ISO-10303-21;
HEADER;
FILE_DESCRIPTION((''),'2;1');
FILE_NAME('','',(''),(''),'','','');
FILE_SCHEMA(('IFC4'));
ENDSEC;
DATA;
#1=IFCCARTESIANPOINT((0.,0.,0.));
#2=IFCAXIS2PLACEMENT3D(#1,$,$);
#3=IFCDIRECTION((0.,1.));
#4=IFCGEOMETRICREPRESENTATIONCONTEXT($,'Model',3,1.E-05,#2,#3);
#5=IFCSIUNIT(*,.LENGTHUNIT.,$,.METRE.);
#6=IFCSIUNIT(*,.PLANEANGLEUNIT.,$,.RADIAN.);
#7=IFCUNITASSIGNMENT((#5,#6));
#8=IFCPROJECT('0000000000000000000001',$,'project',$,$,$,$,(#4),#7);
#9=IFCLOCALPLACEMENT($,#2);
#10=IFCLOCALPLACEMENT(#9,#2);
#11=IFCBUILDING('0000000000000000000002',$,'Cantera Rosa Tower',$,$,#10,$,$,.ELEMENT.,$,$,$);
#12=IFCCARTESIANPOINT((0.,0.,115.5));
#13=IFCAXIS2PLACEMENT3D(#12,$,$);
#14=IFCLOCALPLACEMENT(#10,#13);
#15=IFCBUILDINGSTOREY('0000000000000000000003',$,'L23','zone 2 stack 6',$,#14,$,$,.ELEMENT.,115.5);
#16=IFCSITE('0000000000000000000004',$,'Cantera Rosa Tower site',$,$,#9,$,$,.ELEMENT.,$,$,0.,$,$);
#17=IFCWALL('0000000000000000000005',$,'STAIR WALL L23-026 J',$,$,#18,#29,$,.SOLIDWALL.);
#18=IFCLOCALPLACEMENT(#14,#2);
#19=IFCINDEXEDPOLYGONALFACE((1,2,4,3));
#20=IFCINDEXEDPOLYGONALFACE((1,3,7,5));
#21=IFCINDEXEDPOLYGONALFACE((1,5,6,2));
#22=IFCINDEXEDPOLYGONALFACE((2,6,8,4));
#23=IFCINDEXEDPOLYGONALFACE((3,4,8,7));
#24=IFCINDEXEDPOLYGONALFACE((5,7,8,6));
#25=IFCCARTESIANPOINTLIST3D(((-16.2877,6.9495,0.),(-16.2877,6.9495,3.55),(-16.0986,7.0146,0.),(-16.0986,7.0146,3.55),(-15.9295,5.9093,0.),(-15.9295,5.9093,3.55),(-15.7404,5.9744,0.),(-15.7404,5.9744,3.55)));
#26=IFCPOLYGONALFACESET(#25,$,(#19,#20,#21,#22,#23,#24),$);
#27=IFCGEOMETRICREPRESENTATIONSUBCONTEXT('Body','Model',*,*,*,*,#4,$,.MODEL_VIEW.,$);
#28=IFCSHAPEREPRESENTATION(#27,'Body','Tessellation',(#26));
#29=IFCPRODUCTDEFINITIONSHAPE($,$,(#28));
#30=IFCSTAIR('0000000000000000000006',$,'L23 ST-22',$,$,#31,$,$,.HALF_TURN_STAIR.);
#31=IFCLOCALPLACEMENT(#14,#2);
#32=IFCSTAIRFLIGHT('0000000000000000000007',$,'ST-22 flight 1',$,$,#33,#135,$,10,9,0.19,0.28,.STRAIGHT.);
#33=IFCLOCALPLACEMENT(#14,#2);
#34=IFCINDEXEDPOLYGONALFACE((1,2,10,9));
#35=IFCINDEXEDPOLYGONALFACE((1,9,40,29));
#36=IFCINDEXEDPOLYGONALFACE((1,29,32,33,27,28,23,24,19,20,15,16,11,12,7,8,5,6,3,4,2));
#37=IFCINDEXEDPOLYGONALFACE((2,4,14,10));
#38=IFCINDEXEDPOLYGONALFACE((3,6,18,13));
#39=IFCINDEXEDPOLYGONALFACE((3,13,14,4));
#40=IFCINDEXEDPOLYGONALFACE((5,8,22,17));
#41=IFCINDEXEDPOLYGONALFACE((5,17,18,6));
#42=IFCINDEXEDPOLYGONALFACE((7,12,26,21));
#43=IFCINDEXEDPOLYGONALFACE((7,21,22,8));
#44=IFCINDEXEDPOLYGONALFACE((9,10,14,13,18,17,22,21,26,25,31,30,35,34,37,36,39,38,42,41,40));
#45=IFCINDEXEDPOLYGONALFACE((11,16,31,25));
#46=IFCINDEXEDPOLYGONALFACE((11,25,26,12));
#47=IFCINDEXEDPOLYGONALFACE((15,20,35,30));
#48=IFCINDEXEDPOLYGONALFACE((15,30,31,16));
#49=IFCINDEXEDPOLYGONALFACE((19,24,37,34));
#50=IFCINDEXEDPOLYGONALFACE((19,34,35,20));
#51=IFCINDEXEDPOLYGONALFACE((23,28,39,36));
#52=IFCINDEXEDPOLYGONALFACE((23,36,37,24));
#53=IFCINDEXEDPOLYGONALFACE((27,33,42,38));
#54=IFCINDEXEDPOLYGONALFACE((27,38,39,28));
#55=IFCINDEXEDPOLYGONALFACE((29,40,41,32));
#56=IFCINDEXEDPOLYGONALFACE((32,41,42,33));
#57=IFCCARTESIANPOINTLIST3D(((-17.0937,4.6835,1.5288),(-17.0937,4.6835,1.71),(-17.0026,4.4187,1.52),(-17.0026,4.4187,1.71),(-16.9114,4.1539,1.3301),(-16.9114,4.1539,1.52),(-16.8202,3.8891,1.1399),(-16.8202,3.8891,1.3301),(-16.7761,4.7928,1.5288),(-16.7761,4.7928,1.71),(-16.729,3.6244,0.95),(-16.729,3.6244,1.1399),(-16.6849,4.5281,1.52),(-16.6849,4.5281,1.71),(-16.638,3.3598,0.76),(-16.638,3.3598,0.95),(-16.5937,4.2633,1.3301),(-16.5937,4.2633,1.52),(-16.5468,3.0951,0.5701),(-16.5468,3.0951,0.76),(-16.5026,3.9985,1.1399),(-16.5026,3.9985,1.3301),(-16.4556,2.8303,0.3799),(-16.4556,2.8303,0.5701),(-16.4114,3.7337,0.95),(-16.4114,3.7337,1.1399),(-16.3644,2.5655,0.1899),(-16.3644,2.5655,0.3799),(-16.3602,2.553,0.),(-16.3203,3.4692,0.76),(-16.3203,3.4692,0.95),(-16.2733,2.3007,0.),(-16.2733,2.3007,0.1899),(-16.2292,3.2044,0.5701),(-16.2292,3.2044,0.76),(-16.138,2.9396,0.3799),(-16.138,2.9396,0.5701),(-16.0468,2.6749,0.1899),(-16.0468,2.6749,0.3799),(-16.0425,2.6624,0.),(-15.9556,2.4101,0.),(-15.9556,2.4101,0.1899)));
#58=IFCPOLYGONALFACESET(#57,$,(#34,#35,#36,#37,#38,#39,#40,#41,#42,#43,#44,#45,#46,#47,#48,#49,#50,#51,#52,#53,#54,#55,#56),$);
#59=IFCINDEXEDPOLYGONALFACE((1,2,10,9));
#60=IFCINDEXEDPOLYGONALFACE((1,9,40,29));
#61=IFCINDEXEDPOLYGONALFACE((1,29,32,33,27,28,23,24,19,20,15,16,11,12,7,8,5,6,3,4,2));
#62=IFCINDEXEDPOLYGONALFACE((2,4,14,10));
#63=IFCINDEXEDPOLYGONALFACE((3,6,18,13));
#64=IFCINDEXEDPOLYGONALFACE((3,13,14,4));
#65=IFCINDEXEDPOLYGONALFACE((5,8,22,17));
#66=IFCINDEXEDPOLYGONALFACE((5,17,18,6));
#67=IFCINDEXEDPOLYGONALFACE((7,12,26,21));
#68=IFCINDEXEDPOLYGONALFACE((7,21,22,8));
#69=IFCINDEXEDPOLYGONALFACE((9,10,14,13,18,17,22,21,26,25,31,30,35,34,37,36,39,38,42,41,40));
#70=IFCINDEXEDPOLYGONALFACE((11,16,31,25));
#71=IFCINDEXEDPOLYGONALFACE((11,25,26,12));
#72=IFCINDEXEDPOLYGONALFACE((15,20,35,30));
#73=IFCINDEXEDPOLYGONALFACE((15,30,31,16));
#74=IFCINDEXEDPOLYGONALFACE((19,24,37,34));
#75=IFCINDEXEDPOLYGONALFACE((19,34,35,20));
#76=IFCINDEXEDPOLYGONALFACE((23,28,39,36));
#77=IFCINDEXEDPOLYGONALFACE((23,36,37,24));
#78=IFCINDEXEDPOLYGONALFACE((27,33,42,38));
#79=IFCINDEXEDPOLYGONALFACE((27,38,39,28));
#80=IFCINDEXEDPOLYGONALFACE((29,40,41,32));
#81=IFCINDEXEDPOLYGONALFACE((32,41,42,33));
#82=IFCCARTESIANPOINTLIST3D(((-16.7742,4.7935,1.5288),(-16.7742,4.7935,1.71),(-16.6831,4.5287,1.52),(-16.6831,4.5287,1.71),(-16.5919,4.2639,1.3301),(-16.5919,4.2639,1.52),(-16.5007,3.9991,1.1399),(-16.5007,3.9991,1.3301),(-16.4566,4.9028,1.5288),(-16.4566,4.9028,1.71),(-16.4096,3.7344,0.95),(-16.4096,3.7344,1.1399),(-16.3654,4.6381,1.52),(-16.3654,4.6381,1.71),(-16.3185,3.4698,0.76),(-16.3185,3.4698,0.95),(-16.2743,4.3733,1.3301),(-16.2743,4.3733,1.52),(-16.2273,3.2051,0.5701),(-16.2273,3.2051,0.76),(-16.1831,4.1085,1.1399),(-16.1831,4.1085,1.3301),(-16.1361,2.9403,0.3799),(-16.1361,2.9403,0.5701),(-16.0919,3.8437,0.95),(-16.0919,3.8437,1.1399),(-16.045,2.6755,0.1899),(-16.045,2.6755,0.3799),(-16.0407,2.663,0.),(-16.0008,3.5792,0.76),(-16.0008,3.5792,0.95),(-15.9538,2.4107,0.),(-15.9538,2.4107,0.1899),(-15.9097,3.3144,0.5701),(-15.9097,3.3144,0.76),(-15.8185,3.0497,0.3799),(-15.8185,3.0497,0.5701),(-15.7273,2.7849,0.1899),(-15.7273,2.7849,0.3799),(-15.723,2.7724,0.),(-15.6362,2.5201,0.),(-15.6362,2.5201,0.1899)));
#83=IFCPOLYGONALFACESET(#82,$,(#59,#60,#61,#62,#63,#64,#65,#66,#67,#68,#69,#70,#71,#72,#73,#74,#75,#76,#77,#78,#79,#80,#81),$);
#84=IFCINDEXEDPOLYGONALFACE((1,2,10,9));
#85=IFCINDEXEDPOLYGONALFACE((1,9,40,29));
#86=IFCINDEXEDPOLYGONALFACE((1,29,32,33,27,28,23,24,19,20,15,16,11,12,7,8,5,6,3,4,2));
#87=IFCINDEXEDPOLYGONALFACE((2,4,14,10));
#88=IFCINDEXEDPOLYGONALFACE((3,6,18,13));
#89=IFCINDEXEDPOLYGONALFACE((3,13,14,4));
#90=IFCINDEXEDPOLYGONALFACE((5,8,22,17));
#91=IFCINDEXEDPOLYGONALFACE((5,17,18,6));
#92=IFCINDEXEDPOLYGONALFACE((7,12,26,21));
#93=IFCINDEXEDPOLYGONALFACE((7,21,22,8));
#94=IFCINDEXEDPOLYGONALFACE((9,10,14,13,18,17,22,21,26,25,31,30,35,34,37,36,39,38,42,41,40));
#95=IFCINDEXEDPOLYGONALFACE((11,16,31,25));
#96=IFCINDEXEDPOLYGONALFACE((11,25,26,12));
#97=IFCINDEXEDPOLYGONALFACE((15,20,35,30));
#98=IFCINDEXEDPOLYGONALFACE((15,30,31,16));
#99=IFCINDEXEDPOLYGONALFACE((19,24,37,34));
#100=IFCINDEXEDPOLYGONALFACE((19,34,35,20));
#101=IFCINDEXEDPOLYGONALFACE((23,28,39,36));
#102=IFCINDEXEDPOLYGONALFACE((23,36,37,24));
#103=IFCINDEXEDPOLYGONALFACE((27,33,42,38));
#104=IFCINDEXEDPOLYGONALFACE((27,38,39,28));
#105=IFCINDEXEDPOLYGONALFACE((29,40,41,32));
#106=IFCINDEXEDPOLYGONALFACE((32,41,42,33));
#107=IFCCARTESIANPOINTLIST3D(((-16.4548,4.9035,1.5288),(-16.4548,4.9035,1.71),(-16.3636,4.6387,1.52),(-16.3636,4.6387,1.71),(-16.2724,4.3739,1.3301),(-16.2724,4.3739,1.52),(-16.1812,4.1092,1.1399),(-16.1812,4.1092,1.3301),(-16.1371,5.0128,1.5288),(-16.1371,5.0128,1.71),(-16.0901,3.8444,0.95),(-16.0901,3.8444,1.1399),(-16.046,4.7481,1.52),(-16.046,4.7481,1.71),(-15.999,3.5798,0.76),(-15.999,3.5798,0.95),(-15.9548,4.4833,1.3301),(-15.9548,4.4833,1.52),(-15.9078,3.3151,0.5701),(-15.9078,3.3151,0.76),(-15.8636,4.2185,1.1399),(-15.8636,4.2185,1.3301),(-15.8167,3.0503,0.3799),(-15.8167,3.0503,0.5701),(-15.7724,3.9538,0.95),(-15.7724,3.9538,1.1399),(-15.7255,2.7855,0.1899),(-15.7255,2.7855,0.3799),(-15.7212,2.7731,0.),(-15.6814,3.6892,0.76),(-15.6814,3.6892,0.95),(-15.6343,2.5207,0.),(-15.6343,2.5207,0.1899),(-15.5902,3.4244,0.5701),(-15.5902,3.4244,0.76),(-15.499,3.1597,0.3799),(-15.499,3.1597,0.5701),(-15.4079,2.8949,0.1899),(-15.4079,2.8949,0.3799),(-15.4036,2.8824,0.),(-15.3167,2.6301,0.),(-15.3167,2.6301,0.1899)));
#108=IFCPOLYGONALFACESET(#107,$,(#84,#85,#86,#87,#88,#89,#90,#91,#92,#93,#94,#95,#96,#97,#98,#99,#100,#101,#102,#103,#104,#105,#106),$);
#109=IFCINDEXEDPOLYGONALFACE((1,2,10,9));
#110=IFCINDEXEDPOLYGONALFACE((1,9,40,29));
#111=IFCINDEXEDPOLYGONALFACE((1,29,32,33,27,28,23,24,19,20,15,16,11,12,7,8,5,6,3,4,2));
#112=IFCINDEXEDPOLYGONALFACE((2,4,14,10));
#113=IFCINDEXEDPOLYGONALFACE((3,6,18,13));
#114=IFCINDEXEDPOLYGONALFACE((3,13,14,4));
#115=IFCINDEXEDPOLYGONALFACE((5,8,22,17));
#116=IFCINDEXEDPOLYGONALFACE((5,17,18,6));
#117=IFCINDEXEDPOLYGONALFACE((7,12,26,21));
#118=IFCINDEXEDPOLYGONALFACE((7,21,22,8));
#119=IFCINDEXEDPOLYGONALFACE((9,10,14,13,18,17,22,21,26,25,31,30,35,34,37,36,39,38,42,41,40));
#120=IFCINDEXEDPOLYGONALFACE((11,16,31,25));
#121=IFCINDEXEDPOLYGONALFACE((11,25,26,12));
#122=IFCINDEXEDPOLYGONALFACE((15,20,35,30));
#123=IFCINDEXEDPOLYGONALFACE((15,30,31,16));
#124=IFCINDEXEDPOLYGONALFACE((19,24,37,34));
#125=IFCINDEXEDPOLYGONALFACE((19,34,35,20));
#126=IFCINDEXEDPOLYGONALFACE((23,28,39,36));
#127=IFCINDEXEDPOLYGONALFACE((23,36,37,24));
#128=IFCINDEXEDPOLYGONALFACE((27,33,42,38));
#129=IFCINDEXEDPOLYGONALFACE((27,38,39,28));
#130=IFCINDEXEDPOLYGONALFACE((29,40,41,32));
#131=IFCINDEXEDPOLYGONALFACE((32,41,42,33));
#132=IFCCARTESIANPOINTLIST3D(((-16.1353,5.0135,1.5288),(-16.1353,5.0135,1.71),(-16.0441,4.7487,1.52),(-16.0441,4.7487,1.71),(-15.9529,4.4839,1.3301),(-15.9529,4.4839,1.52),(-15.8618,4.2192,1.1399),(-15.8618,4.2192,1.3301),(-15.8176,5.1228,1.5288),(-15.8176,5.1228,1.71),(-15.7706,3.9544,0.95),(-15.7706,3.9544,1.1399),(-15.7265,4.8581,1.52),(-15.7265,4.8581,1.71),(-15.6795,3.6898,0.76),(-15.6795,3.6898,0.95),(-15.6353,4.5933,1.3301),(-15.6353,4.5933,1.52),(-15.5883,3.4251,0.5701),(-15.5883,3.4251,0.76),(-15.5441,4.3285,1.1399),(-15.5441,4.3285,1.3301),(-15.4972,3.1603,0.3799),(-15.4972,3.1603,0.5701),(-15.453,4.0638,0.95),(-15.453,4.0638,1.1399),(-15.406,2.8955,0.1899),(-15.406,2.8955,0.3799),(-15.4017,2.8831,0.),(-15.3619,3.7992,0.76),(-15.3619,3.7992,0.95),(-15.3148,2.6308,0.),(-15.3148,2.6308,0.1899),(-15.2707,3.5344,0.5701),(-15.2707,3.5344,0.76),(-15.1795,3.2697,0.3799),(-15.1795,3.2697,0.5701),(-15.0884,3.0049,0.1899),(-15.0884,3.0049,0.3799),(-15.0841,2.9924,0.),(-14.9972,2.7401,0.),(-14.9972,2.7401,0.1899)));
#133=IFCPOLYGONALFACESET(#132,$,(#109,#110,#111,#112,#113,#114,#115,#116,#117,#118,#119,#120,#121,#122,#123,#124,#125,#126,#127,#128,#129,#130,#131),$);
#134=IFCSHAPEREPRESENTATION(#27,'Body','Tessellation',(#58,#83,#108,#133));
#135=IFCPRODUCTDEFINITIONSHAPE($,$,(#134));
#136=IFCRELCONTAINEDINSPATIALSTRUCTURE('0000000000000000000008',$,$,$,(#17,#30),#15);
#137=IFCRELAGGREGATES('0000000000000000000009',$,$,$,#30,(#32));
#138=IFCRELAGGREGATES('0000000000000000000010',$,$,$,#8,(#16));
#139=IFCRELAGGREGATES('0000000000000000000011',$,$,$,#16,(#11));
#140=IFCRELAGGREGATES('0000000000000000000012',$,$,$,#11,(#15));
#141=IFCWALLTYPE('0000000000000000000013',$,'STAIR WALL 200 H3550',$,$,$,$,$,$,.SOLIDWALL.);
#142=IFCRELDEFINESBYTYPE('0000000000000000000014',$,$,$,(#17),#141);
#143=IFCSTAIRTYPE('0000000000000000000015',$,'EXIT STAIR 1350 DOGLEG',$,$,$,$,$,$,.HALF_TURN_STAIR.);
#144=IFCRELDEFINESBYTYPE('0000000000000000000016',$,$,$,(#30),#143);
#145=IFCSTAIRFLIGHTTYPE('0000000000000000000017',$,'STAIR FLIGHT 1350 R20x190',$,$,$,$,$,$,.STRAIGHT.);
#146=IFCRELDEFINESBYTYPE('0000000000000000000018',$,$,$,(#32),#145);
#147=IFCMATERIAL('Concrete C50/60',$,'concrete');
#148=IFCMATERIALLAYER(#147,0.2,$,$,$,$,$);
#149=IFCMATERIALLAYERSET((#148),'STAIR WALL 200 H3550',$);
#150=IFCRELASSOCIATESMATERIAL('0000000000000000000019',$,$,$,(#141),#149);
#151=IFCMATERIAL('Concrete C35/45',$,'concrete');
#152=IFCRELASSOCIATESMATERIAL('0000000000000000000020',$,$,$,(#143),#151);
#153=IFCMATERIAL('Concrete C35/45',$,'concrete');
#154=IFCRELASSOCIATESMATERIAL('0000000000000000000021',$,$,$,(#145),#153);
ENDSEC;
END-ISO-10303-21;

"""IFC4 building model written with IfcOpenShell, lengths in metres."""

from ifc_helpers import new_model, si_unit, direction, frame, frame_2d, origin, place, context, subcontext, project, spatial, polyline, rectangle, outline, extrude, material, layer, layer_set, type_object, element, aggregate, save


model = new_model("IFC4")

# Units and contexts
model_context = context("Model", 3, precision=1e-05, world=origin(), true_north=direction((0.0, 1.0)))
body_context = subcontext(model_context, "Body", "Model", "MODEL_VIEW")
ifc_project = project(units=[si_unit("LENGTHUNIT", "METRE"), si_unit("PLANEANGLEUNIT", "RADIAN")], contexts=[model_context])

# Site, building, storey
site_placement = place(None, origin())
site = spatial("IfcSite", under=ifc_project, at=site_placement, Name="Cantera Rosa Tower site", CompositionType="ELEMENT", RefElevation=0.0)
building_placement = place(site_placement, origin())
building = spatial("IfcBuilding", under=site, at=building_placement, Name="Cantera Rosa Tower", CompositionType="ELEMENT")
storey_placement = place(building_placement, frame((0.0, 0.0, 115.5)))
storey = spatial("IfcBuildingStorey", under=building, at=storey_placement, Name="L23", Description="zone 2 stack 6", CompositionType="ELEMENT", Elevation=115.5)

# Shared definitions
ifc_material_1 = material(Name="Concrete C50/60", Category="concrete")
ifc_layer_1 = layer(ifc_material_1, 0.2)
ifc_layer_set_1 = layer_set([ifc_layer_1], Name="STAIR WALL 200 H3550")
wall_type_1 = type_object("IfcWallType", Name="STAIR WALL 200 H3550", PredefinedType="SOLIDWALL", material=ifc_layer_set_1)

# Wall
wall_1_placement = place(storey_placement, frame((-15.835, 5.9419, 0.0), z_axis=(0.0, 0.0, 1.0), x_axis=(-0.325601, 0.945507, 0.0)))
element("IfcWall", 1, at=wall_1_placement, inside=storey, type_object=wall_type_1, Name="STAIR WALL L23-026 J", PredefinedType="SOLIDWALL", context=body_context, shape_type="SweptSolid", body=[
    extrude(rectangle(XDim=1.1001, YDim=0.2, at=frame_2d((0.55, 0.0))), origin(), (0.0, 0.0, 1.0), 3.55),
])

# Stair, stair flight
ifc_material_2 = material(Name="Concrete C35/45", Category="concrete")
stair_type = type_object("IfcStairType", Name="EXIT STAIR 1350 DOGLEG", PredefinedType="HALF_TURN_STAIR", material=ifc_material_2)
stair_placement = place(storey_placement, origin())
stair = element("IfcStair", 2, at=stair_placement, inside=storey, type_object=stair_type, Name="L23 ST-22", PredefinedType="HALF_TURN_STAIR")
ifc_material_3 = material(Name="Concrete C35/45", Category="concrete")
stair_flight_type = type_object("IfcStairFlightType", Name="STAIR FLIGHT 1350 R20x190", PredefinedType="STRAIGHT", material=ifc_material_3)
stair_flight_1_placement = place(storey_placement, frame((-15.635, 2.5205, 0.0), z_axis=(0.0, 0.0, 1.0), x_axis=(-0.325568, 0.945519, 0.0)))
stair_flight_1 = element("IfcStairFlight", 3, at=stair_flight_1_placement, type_object=stair_flight_type, Name="ST-22 flight 1", NumberOfRisers=10, NumberOfTreads=9, PredefinedType="STRAIGHT", RiserHeight=0.19, TreadLength=0.28, context=body_context, shape_type="SweptSolid", body=[
    extrude(outline(polyline([(0.0, 0.0), (0.0, 0.1899), (0.28, 0.1899), (0.28, 0.3799), (0.5601, 0.3799), (0.5601, 0.5701), (0.8401, 0.5701), (0.8401, 0.76), (1.1201, 0.76), (1.1201, 0.95), (1.3999, 0.95), (1.3999, 1.1399), (1.6799, 1.1399), (1.6799, 1.3301), (1.96, 1.3301), (1.96, 1.52), (2.24, 1.52), (2.24, 1.71), (2.52, 1.71), (2.52, 1.8999), (2.52, 1.5288), (0.2668, 0.0), (0.0, 0.0)])), frame((0.0, 0.675, 0.0), z_axis=(0.0, -1.0, 0.0), x_axis=(1.0, 0.0, 0.0)), (0.0, 0.0, 1.0), 0.3359),
    extrude(outline(polyline([(0.0, 0.0), (0.0, 0.1899), (0.28, 0.1899), (0.28, 0.3799), (0.5601, 0.3799), (0.5601, 0.5701), (0.8401, 0.5701), (0.8401, 0.76), (1.1201, 0.76), (1.1201, 0.95), (1.3999, 0.95), (1.3999, 1.1399), (1.6799, 1.1399), (1.6799, 1.3301), (1.96, 1.3301), (1.96, 1.52), (2.24, 1.52), (2.24, 1.71), (2.52, 1.71), (2.52, 1.8999), (2.52, 1.5288), (0.2668, 0.0), (0.0, 0.0)])), frame((0.0, 0.3372, 0.0), z_axis=(0.0, -1.0, 0.0), x_axis=(1.0, 0.0, 0.0)), (0.0, 0.0, 1.0), 0.3359),
    extrude(outline(polyline([(0.0, 0.0), (0.0, 0.1899), (0.28, 0.1899), (0.28, 0.3799), (0.5601, 0.3799), (0.5601, 0.5701), (0.8401, 0.5701), (0.8401, 0.76), (1.1201, 0.76), (1.1201, 0.95), (1.3999, 0.95), (1.3999, 1.1399), (1.6799, 1.1399), (1.6799, 1.3301), (1.96, 1.3301), (1.96, 1.52), (2.24, 1.52), (2.24, 1.71), (2.52, 1.71), (2.52, 1.8999), (2.52, 1.5288), (0.2668, 0.0), (0.0, 0.0)])), frame((0.0, -0.0007, 0.0), z_axis=(0.0, -1.0, 0.0), x_axis=(1.0, 0.0, 0.0)), (0.0, 0.0, 1.0), 0.3359),
    extrude(outline(polyline([(0.0, 0.0), (0.0, 0.1899), (0.28, 0.1899), (0.28, 0.3799), (0.5601, 0.3799), (0.5601, 0.5701), (0.8401, 0.5701), (0.8401, 0.76), (1.1201, 0.76), (1.1201, 0.95), (1.3999, 0.95), (1.3999, 1.1399), (1.6799, 1.1399), (1.6799, 1.3301), (1.96, 1.3301), (1.96, 1.52), (2.24, 1.52), (2.24, 1.71), (2.52, 1.71), (2.52, 1.8999), (2.52, 1.5288), (0.2668, 0.0), (0.0, 0.0)])), frame((0.0, -0.3386, 0.0), z_axis=(0.0, -1.0, 0.0), x_axis=(1.0, 0.0, 0.0)), (0.0, 0.0, 1.0), 0.3359),
])
aggregate(stair, [stair_flight_1])

save(model, "model.ifc")
